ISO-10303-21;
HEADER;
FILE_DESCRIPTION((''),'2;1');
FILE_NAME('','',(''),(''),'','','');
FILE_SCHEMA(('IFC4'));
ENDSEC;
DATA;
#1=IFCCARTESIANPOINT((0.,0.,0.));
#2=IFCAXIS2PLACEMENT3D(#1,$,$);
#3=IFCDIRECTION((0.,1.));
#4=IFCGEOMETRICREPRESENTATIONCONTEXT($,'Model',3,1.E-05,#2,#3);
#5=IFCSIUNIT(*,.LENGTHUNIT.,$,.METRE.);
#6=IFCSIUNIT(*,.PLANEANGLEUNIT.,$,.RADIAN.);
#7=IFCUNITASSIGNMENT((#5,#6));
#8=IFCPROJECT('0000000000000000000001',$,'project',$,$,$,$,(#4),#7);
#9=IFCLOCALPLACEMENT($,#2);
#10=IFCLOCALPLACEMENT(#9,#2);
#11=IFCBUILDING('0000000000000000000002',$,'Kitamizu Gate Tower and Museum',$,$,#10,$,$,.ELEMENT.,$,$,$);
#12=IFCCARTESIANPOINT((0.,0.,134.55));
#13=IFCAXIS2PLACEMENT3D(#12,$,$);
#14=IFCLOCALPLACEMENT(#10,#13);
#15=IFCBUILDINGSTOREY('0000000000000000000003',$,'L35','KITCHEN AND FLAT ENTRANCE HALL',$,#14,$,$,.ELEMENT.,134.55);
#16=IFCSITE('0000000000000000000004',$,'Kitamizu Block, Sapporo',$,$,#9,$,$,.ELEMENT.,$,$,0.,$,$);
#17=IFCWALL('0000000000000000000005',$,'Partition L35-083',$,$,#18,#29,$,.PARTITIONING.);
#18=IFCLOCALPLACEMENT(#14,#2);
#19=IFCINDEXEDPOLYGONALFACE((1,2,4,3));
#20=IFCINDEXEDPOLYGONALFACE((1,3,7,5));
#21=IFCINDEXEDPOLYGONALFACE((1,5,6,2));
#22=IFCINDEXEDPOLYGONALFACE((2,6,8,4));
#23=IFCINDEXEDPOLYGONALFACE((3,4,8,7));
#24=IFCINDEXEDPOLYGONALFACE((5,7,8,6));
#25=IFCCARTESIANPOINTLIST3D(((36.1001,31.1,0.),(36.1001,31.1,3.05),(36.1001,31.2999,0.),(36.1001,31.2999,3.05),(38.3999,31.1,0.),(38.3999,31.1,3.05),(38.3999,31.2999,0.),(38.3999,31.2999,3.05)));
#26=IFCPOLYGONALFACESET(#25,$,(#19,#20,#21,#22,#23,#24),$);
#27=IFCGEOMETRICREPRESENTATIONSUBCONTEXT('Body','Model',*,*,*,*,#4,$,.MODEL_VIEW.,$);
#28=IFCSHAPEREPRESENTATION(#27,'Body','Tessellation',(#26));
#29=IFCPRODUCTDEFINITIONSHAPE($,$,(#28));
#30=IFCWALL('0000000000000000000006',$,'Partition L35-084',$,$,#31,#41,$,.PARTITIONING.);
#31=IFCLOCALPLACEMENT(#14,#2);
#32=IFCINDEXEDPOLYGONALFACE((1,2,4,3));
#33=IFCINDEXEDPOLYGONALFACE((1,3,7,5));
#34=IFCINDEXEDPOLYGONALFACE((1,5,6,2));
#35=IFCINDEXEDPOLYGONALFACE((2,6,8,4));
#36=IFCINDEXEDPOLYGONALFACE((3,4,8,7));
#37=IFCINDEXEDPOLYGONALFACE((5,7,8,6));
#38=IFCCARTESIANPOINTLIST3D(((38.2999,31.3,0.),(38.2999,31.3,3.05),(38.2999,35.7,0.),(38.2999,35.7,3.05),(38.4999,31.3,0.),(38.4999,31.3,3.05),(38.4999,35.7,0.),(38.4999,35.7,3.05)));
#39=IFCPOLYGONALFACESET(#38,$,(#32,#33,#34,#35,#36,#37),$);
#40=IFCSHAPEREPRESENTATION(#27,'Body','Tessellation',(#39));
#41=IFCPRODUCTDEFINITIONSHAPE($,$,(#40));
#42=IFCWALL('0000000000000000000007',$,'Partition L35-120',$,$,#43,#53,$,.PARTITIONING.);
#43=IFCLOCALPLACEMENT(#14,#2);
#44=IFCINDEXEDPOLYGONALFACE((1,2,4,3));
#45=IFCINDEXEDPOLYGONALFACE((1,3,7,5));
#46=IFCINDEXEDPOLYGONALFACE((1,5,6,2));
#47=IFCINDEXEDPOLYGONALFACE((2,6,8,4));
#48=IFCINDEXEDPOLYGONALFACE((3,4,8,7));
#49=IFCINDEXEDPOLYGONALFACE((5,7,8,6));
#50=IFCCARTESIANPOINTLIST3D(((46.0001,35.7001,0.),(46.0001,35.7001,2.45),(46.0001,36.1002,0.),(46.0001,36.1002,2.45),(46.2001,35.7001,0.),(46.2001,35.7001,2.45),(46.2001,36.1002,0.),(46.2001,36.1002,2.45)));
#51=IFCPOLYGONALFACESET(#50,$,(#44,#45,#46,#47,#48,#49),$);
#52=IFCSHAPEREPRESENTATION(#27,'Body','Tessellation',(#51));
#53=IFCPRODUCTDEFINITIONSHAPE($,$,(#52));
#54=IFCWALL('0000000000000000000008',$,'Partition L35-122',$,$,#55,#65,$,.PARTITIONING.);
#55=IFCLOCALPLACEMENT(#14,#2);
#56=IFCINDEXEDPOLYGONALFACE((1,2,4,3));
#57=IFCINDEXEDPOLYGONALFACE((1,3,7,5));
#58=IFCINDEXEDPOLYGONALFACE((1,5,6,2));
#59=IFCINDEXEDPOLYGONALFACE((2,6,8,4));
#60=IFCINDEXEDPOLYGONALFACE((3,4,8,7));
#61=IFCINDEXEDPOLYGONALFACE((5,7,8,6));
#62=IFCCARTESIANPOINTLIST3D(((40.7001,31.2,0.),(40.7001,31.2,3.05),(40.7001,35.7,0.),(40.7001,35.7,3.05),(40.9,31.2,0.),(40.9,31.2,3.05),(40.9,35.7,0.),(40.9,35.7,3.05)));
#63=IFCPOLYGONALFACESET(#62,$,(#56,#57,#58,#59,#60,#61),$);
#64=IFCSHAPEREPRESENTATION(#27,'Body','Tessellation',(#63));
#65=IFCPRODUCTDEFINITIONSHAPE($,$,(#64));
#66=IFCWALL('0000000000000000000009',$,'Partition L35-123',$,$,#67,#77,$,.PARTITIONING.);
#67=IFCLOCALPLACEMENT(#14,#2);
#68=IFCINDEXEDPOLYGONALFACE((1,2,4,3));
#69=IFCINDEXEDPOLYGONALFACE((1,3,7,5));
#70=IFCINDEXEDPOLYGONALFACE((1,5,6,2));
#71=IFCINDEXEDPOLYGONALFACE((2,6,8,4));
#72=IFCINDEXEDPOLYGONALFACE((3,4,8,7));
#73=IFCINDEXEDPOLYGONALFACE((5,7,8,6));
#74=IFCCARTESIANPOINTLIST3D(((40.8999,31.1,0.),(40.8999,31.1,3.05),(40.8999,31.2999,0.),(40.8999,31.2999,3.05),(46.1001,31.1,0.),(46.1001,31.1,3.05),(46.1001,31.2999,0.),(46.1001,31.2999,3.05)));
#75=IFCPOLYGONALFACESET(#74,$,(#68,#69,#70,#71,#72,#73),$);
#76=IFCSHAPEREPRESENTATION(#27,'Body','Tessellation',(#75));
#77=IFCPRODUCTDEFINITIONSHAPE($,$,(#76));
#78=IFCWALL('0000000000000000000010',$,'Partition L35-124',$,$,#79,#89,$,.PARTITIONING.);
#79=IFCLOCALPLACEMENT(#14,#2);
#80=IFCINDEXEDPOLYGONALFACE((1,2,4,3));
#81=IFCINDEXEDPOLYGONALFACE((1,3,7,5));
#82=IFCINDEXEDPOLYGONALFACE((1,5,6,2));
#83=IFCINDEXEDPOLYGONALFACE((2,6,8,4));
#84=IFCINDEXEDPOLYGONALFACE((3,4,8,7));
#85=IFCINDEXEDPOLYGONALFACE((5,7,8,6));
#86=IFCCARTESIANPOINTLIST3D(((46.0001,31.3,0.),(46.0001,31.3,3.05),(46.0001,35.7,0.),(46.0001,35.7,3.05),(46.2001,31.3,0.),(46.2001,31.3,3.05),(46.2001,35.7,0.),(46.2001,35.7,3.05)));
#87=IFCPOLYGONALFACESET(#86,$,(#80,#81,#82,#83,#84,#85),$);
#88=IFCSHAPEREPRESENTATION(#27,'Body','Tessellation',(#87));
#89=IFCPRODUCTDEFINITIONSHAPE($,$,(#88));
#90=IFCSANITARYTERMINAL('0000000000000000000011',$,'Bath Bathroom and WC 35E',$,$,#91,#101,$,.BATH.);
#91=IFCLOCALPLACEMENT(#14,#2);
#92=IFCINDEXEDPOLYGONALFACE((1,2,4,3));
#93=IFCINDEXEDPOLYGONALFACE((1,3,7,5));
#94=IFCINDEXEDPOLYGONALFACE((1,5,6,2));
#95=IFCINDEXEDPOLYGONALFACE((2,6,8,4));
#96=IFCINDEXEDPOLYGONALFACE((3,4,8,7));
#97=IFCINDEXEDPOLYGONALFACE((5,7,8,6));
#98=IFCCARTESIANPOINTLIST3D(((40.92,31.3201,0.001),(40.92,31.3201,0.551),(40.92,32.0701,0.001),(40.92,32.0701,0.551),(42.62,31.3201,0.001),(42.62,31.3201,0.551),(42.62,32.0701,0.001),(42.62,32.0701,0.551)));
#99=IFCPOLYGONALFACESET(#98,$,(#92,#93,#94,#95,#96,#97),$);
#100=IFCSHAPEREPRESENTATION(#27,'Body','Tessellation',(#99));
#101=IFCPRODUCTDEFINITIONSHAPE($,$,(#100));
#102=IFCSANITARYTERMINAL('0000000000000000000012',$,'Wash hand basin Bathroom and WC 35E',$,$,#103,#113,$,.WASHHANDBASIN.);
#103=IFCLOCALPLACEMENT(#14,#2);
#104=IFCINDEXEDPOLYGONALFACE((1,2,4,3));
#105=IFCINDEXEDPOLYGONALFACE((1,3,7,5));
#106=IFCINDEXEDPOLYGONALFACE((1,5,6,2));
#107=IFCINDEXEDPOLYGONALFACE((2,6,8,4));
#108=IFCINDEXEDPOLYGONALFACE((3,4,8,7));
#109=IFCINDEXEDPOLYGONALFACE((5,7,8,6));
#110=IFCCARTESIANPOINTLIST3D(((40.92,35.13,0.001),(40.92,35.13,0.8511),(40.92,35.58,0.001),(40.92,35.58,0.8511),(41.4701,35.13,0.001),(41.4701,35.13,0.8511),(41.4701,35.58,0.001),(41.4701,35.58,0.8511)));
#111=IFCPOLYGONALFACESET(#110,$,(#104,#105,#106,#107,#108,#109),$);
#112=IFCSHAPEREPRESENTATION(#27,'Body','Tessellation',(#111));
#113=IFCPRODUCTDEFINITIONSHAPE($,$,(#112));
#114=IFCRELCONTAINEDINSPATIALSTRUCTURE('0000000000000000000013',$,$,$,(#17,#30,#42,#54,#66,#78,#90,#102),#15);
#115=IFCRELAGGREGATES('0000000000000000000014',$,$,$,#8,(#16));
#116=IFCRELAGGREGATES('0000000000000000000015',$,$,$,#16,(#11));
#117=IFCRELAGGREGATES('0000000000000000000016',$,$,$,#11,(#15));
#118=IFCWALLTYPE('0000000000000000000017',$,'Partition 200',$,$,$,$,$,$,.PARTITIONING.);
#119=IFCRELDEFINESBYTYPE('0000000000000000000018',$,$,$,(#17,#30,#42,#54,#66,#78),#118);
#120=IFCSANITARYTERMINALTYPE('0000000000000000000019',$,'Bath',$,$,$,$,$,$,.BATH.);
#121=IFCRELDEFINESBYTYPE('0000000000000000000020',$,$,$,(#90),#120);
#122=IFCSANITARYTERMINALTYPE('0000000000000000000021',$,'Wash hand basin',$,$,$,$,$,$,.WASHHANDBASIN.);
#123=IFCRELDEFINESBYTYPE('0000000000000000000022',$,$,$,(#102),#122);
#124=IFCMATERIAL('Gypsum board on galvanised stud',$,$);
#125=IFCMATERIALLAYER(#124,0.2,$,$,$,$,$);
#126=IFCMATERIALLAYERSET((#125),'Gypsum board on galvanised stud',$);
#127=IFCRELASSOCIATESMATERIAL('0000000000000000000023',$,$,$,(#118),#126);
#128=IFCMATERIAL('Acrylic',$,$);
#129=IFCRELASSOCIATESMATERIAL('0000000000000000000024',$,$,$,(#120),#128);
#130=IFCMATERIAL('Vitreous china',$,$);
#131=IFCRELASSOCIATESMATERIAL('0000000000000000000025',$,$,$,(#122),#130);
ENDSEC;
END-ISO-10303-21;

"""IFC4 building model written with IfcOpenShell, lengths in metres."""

from ifc_helpers import new_model, si_unit, direction, frame, frame_2d, origin, origin_2d, place, context, subcontext, project, spatial, rectangle, extrude, material, layer, layer_set, type_object, element, save


model = new_model("IFC4")

# Units and contexts
model_context = context("Model", 3, precision=1e-05, world=origin(), true_north=direction((0.0, 1.0)))
body_context = subcontext(model_context, "Body", "Model", "MODEL_VIEW")
ifc_project = project(units=[si_unit("LENGTHUNIT", "METRE"), si_unit("PLANEANGLEUNIT", "RADIAN")], contexts=[model_context])

# Site, building, storey
site_placement = place(None, origin())
site = spatial("IfcSite", under=ifc_project, at=site_placement, Name="Kitamizu Block, Sapporo", CompositionType="ELEMENT", RefElevation=0.0)
building_placement = place(site_placement, origin())
building = spatial("IfcBuilding", under=site, at=building_placement, Name="Kitamizu Gate Tower and Museum", CompositionType="ELEMENT")
storey_placement = place(building_placement, frame((0.0, 0.0, 134.55)))
storey = spatial("IfcBuildingStorey", under=building, at=storey_placement, Name="L35", Description="KITCHEN AND FLAT ENTRANCE HALL", CompositionType="ELEMENT", Elevation=134.55)

# Walls
ifc_material_1 = material(Name="Gypsum board on galvanised stud")
ifc_layer_1 = layer(ifc_material_1, 0.2)
ifc_layer_set_1 = layer_set([ifc_layer_1], Name="Gypsum board on galvanised stud")
wall_type_1 = type_object("IfcWallType", Name="Partition 200", PredefinedType="PARTITIONING", material=ifc_layer_set_1)
wall_1_placement = place(storey_placement, frame((36.1001, 31.2, 0.0), z_axis=(0.0, 0.0, 1.0), x_axis=(1.0, 0.0, 0.0)))
element("IfcWall", 1, at=wall_1_placement, inside=storey, type_object=wall_type_1, Name="Partition L35-083", PredefinedType="PARTITIONING", context=body_context, shape_type="SweptSolid", body=[
    extrude(rectangle(XDim=2.2998, YDim=0.2, at=frame_2d((1.1499, 0.0))), origin(), (0.0, 0.0, 1.0), 3.05),
])
wall_2_placement = place(storey_placement, frame((38.3999, 31.3, 0.0), z_axis=(0.0, 0.0, 1.0), x_axis=(0.0, 1.0, 0.0)))
element("IfcWall", 2, at=wall_2_placement, inside=storey, type_object=wall_type_1, Name="Partition L35-084", PredefinedType="PARTITIONING", context=body_context, shape_type="SweptSolid", body=[
    extrude(rectangle(XDim=4.3999, YDim=0.2, at=frame_2d((2.2, 0.0))), origin(), (0.0, 0.0, 1.0), 3.05),
])
wall_3_placement = place(storey_placement, frame((46.1001, 35.7, 0.0), z_axis=(0.0, 0.0, 1.0), x_axis=(0.0, 1.0, 0.0)))
element("IfcWall", 3, at=wall_3_placement, inside=storey, type_object=wall_type_1, Name="Partition L35-120", PredefinedType="PARTITIONING", context=body_context, shape_type="SweptSolid", body=[
    extrude(rectangle(XDim=0.4001, YDim=0.2, at=frame_2d((0.2002, 0.0))), origin(), (0.0, 0.0, 1.0), 2.45),
])
wall_4_placement = place(storey_placement, frame((40.8, 35.7, 0.0), z_axis=(0.0, 0.0, 1.0), x_axis=(0.0, -1.0, 0.0)))
element("IfcWall", 4, at=wall_4_placement, inside=storey, type_object=wall_type_1, Name="Partition L35-122", PredefinedType="PARTITIONING", context=body_context, shape_type="SweptSolid", body=[
    extrude(rectangle(XDim=4.5, YDim=0.2, at=frame_2d((2.25, 0.0))), origin(), (0.0, 0.0, 1.0), 3.05),
])
wall_5_placement = place(storey_placement, frame((40.8999, 31.2, 0.0), z_axis=(0.0, 0.0, 1.0), x_axis=(1.0, 0.0, 0.0)))
element("IfcWall", 5, at=wall_5_placement, inside=storey, type_object=wall_type_1, Name="Partition L35-123", PredefinedType="PARTITIONING", context=body_context, shape_type="SweptSolid", body=[
    extrude(rectangle(XDim=5.2002, YDim=0.2, at=frame_2d((2.6001, 0.0))), origin(), (0.0, 0.0, 1.0), 3.05),
])
wall_6_placement = place(storey_placement, frame((46.1001, 31.3, 0.0), z_axis=(0.0, 0.0, 1.0), x_axis=(0.0, 1.0, 0.0)))
element("IfcWall", 6, at=wall_6_placement, inside=storey, type_object=wall_type_1, Name="Partition L35-124", PredefinedType="PARTITIONING", context=body_context, shape_type="SweptSolid", body=[
    extrude(rectangle(XDim=4.3999, YDim=0.2, at=frame_2d((2.2, 0.0))), origin(), (0.0, 0.0, 1.0), 3.05),
])

# Sanitary terminals
ifc_material_2 = material(Name="Acrylic")
sanitary_terminal_type_1 = type_object("IfcSanitaryTerminalType", Name="Bath", PredefinedType="BATH", material=ifc_material_2)
sanitary_terminal_1_placement = place(storey_placement, frame((41.77, 31.6951, 0.001), z_axis=(0.0, 0.0, 1.0), x_axis=(1.0, 0.0, 0.0)))
element("IfcSanitaryTerminal", 7, at=sanitary_terminal_1_placement, inside=storey, type_object=sanitary_terminal_type_1, Name="Bath Bathroom and WC 35E", PredefinedType="BATH", context=body_context, shape_type="SweptSolid", body=[
    extrude(rectangle(XDim=1.7, YDim=0.75, at=origin_2d()), origin(), (0.0, 0.0, 1.0), 0.55),
])
ifc_material_3 = material(Name="Vitreous china")
sanitary_terminal_type_2 = type_object("IfcSanitaryTerminalType", Name="Wash hand basin", PredefinedType="WASHHANDBASIN", material=ifc_material_3)
sanitary_terminal_2_placement = place(storey_placement, frame((41.1951, 35.355, 0.001), z_axis=(0.0, 0.0, 1.0), x_axis=(1.0, 0.0, 0.0)))
element("IfcSanitaryTerminal", 8, at=sanitary_terminal_2_placement, inside=storey, type_object=sanitary_terminal_type_2, Name="Wash hand basin Bathroom and WC 35E", PredefinedType="WASHHANDBASIN", context=body_context, shape_type="SweptSolid", body=[
    extrude(rectangle(XDim=0.55, YDim=0.45, at=origin_2d()), origin(), (0.0, 0.0, 1.0), 0.8501),
])

save(model, "model.ifc")
